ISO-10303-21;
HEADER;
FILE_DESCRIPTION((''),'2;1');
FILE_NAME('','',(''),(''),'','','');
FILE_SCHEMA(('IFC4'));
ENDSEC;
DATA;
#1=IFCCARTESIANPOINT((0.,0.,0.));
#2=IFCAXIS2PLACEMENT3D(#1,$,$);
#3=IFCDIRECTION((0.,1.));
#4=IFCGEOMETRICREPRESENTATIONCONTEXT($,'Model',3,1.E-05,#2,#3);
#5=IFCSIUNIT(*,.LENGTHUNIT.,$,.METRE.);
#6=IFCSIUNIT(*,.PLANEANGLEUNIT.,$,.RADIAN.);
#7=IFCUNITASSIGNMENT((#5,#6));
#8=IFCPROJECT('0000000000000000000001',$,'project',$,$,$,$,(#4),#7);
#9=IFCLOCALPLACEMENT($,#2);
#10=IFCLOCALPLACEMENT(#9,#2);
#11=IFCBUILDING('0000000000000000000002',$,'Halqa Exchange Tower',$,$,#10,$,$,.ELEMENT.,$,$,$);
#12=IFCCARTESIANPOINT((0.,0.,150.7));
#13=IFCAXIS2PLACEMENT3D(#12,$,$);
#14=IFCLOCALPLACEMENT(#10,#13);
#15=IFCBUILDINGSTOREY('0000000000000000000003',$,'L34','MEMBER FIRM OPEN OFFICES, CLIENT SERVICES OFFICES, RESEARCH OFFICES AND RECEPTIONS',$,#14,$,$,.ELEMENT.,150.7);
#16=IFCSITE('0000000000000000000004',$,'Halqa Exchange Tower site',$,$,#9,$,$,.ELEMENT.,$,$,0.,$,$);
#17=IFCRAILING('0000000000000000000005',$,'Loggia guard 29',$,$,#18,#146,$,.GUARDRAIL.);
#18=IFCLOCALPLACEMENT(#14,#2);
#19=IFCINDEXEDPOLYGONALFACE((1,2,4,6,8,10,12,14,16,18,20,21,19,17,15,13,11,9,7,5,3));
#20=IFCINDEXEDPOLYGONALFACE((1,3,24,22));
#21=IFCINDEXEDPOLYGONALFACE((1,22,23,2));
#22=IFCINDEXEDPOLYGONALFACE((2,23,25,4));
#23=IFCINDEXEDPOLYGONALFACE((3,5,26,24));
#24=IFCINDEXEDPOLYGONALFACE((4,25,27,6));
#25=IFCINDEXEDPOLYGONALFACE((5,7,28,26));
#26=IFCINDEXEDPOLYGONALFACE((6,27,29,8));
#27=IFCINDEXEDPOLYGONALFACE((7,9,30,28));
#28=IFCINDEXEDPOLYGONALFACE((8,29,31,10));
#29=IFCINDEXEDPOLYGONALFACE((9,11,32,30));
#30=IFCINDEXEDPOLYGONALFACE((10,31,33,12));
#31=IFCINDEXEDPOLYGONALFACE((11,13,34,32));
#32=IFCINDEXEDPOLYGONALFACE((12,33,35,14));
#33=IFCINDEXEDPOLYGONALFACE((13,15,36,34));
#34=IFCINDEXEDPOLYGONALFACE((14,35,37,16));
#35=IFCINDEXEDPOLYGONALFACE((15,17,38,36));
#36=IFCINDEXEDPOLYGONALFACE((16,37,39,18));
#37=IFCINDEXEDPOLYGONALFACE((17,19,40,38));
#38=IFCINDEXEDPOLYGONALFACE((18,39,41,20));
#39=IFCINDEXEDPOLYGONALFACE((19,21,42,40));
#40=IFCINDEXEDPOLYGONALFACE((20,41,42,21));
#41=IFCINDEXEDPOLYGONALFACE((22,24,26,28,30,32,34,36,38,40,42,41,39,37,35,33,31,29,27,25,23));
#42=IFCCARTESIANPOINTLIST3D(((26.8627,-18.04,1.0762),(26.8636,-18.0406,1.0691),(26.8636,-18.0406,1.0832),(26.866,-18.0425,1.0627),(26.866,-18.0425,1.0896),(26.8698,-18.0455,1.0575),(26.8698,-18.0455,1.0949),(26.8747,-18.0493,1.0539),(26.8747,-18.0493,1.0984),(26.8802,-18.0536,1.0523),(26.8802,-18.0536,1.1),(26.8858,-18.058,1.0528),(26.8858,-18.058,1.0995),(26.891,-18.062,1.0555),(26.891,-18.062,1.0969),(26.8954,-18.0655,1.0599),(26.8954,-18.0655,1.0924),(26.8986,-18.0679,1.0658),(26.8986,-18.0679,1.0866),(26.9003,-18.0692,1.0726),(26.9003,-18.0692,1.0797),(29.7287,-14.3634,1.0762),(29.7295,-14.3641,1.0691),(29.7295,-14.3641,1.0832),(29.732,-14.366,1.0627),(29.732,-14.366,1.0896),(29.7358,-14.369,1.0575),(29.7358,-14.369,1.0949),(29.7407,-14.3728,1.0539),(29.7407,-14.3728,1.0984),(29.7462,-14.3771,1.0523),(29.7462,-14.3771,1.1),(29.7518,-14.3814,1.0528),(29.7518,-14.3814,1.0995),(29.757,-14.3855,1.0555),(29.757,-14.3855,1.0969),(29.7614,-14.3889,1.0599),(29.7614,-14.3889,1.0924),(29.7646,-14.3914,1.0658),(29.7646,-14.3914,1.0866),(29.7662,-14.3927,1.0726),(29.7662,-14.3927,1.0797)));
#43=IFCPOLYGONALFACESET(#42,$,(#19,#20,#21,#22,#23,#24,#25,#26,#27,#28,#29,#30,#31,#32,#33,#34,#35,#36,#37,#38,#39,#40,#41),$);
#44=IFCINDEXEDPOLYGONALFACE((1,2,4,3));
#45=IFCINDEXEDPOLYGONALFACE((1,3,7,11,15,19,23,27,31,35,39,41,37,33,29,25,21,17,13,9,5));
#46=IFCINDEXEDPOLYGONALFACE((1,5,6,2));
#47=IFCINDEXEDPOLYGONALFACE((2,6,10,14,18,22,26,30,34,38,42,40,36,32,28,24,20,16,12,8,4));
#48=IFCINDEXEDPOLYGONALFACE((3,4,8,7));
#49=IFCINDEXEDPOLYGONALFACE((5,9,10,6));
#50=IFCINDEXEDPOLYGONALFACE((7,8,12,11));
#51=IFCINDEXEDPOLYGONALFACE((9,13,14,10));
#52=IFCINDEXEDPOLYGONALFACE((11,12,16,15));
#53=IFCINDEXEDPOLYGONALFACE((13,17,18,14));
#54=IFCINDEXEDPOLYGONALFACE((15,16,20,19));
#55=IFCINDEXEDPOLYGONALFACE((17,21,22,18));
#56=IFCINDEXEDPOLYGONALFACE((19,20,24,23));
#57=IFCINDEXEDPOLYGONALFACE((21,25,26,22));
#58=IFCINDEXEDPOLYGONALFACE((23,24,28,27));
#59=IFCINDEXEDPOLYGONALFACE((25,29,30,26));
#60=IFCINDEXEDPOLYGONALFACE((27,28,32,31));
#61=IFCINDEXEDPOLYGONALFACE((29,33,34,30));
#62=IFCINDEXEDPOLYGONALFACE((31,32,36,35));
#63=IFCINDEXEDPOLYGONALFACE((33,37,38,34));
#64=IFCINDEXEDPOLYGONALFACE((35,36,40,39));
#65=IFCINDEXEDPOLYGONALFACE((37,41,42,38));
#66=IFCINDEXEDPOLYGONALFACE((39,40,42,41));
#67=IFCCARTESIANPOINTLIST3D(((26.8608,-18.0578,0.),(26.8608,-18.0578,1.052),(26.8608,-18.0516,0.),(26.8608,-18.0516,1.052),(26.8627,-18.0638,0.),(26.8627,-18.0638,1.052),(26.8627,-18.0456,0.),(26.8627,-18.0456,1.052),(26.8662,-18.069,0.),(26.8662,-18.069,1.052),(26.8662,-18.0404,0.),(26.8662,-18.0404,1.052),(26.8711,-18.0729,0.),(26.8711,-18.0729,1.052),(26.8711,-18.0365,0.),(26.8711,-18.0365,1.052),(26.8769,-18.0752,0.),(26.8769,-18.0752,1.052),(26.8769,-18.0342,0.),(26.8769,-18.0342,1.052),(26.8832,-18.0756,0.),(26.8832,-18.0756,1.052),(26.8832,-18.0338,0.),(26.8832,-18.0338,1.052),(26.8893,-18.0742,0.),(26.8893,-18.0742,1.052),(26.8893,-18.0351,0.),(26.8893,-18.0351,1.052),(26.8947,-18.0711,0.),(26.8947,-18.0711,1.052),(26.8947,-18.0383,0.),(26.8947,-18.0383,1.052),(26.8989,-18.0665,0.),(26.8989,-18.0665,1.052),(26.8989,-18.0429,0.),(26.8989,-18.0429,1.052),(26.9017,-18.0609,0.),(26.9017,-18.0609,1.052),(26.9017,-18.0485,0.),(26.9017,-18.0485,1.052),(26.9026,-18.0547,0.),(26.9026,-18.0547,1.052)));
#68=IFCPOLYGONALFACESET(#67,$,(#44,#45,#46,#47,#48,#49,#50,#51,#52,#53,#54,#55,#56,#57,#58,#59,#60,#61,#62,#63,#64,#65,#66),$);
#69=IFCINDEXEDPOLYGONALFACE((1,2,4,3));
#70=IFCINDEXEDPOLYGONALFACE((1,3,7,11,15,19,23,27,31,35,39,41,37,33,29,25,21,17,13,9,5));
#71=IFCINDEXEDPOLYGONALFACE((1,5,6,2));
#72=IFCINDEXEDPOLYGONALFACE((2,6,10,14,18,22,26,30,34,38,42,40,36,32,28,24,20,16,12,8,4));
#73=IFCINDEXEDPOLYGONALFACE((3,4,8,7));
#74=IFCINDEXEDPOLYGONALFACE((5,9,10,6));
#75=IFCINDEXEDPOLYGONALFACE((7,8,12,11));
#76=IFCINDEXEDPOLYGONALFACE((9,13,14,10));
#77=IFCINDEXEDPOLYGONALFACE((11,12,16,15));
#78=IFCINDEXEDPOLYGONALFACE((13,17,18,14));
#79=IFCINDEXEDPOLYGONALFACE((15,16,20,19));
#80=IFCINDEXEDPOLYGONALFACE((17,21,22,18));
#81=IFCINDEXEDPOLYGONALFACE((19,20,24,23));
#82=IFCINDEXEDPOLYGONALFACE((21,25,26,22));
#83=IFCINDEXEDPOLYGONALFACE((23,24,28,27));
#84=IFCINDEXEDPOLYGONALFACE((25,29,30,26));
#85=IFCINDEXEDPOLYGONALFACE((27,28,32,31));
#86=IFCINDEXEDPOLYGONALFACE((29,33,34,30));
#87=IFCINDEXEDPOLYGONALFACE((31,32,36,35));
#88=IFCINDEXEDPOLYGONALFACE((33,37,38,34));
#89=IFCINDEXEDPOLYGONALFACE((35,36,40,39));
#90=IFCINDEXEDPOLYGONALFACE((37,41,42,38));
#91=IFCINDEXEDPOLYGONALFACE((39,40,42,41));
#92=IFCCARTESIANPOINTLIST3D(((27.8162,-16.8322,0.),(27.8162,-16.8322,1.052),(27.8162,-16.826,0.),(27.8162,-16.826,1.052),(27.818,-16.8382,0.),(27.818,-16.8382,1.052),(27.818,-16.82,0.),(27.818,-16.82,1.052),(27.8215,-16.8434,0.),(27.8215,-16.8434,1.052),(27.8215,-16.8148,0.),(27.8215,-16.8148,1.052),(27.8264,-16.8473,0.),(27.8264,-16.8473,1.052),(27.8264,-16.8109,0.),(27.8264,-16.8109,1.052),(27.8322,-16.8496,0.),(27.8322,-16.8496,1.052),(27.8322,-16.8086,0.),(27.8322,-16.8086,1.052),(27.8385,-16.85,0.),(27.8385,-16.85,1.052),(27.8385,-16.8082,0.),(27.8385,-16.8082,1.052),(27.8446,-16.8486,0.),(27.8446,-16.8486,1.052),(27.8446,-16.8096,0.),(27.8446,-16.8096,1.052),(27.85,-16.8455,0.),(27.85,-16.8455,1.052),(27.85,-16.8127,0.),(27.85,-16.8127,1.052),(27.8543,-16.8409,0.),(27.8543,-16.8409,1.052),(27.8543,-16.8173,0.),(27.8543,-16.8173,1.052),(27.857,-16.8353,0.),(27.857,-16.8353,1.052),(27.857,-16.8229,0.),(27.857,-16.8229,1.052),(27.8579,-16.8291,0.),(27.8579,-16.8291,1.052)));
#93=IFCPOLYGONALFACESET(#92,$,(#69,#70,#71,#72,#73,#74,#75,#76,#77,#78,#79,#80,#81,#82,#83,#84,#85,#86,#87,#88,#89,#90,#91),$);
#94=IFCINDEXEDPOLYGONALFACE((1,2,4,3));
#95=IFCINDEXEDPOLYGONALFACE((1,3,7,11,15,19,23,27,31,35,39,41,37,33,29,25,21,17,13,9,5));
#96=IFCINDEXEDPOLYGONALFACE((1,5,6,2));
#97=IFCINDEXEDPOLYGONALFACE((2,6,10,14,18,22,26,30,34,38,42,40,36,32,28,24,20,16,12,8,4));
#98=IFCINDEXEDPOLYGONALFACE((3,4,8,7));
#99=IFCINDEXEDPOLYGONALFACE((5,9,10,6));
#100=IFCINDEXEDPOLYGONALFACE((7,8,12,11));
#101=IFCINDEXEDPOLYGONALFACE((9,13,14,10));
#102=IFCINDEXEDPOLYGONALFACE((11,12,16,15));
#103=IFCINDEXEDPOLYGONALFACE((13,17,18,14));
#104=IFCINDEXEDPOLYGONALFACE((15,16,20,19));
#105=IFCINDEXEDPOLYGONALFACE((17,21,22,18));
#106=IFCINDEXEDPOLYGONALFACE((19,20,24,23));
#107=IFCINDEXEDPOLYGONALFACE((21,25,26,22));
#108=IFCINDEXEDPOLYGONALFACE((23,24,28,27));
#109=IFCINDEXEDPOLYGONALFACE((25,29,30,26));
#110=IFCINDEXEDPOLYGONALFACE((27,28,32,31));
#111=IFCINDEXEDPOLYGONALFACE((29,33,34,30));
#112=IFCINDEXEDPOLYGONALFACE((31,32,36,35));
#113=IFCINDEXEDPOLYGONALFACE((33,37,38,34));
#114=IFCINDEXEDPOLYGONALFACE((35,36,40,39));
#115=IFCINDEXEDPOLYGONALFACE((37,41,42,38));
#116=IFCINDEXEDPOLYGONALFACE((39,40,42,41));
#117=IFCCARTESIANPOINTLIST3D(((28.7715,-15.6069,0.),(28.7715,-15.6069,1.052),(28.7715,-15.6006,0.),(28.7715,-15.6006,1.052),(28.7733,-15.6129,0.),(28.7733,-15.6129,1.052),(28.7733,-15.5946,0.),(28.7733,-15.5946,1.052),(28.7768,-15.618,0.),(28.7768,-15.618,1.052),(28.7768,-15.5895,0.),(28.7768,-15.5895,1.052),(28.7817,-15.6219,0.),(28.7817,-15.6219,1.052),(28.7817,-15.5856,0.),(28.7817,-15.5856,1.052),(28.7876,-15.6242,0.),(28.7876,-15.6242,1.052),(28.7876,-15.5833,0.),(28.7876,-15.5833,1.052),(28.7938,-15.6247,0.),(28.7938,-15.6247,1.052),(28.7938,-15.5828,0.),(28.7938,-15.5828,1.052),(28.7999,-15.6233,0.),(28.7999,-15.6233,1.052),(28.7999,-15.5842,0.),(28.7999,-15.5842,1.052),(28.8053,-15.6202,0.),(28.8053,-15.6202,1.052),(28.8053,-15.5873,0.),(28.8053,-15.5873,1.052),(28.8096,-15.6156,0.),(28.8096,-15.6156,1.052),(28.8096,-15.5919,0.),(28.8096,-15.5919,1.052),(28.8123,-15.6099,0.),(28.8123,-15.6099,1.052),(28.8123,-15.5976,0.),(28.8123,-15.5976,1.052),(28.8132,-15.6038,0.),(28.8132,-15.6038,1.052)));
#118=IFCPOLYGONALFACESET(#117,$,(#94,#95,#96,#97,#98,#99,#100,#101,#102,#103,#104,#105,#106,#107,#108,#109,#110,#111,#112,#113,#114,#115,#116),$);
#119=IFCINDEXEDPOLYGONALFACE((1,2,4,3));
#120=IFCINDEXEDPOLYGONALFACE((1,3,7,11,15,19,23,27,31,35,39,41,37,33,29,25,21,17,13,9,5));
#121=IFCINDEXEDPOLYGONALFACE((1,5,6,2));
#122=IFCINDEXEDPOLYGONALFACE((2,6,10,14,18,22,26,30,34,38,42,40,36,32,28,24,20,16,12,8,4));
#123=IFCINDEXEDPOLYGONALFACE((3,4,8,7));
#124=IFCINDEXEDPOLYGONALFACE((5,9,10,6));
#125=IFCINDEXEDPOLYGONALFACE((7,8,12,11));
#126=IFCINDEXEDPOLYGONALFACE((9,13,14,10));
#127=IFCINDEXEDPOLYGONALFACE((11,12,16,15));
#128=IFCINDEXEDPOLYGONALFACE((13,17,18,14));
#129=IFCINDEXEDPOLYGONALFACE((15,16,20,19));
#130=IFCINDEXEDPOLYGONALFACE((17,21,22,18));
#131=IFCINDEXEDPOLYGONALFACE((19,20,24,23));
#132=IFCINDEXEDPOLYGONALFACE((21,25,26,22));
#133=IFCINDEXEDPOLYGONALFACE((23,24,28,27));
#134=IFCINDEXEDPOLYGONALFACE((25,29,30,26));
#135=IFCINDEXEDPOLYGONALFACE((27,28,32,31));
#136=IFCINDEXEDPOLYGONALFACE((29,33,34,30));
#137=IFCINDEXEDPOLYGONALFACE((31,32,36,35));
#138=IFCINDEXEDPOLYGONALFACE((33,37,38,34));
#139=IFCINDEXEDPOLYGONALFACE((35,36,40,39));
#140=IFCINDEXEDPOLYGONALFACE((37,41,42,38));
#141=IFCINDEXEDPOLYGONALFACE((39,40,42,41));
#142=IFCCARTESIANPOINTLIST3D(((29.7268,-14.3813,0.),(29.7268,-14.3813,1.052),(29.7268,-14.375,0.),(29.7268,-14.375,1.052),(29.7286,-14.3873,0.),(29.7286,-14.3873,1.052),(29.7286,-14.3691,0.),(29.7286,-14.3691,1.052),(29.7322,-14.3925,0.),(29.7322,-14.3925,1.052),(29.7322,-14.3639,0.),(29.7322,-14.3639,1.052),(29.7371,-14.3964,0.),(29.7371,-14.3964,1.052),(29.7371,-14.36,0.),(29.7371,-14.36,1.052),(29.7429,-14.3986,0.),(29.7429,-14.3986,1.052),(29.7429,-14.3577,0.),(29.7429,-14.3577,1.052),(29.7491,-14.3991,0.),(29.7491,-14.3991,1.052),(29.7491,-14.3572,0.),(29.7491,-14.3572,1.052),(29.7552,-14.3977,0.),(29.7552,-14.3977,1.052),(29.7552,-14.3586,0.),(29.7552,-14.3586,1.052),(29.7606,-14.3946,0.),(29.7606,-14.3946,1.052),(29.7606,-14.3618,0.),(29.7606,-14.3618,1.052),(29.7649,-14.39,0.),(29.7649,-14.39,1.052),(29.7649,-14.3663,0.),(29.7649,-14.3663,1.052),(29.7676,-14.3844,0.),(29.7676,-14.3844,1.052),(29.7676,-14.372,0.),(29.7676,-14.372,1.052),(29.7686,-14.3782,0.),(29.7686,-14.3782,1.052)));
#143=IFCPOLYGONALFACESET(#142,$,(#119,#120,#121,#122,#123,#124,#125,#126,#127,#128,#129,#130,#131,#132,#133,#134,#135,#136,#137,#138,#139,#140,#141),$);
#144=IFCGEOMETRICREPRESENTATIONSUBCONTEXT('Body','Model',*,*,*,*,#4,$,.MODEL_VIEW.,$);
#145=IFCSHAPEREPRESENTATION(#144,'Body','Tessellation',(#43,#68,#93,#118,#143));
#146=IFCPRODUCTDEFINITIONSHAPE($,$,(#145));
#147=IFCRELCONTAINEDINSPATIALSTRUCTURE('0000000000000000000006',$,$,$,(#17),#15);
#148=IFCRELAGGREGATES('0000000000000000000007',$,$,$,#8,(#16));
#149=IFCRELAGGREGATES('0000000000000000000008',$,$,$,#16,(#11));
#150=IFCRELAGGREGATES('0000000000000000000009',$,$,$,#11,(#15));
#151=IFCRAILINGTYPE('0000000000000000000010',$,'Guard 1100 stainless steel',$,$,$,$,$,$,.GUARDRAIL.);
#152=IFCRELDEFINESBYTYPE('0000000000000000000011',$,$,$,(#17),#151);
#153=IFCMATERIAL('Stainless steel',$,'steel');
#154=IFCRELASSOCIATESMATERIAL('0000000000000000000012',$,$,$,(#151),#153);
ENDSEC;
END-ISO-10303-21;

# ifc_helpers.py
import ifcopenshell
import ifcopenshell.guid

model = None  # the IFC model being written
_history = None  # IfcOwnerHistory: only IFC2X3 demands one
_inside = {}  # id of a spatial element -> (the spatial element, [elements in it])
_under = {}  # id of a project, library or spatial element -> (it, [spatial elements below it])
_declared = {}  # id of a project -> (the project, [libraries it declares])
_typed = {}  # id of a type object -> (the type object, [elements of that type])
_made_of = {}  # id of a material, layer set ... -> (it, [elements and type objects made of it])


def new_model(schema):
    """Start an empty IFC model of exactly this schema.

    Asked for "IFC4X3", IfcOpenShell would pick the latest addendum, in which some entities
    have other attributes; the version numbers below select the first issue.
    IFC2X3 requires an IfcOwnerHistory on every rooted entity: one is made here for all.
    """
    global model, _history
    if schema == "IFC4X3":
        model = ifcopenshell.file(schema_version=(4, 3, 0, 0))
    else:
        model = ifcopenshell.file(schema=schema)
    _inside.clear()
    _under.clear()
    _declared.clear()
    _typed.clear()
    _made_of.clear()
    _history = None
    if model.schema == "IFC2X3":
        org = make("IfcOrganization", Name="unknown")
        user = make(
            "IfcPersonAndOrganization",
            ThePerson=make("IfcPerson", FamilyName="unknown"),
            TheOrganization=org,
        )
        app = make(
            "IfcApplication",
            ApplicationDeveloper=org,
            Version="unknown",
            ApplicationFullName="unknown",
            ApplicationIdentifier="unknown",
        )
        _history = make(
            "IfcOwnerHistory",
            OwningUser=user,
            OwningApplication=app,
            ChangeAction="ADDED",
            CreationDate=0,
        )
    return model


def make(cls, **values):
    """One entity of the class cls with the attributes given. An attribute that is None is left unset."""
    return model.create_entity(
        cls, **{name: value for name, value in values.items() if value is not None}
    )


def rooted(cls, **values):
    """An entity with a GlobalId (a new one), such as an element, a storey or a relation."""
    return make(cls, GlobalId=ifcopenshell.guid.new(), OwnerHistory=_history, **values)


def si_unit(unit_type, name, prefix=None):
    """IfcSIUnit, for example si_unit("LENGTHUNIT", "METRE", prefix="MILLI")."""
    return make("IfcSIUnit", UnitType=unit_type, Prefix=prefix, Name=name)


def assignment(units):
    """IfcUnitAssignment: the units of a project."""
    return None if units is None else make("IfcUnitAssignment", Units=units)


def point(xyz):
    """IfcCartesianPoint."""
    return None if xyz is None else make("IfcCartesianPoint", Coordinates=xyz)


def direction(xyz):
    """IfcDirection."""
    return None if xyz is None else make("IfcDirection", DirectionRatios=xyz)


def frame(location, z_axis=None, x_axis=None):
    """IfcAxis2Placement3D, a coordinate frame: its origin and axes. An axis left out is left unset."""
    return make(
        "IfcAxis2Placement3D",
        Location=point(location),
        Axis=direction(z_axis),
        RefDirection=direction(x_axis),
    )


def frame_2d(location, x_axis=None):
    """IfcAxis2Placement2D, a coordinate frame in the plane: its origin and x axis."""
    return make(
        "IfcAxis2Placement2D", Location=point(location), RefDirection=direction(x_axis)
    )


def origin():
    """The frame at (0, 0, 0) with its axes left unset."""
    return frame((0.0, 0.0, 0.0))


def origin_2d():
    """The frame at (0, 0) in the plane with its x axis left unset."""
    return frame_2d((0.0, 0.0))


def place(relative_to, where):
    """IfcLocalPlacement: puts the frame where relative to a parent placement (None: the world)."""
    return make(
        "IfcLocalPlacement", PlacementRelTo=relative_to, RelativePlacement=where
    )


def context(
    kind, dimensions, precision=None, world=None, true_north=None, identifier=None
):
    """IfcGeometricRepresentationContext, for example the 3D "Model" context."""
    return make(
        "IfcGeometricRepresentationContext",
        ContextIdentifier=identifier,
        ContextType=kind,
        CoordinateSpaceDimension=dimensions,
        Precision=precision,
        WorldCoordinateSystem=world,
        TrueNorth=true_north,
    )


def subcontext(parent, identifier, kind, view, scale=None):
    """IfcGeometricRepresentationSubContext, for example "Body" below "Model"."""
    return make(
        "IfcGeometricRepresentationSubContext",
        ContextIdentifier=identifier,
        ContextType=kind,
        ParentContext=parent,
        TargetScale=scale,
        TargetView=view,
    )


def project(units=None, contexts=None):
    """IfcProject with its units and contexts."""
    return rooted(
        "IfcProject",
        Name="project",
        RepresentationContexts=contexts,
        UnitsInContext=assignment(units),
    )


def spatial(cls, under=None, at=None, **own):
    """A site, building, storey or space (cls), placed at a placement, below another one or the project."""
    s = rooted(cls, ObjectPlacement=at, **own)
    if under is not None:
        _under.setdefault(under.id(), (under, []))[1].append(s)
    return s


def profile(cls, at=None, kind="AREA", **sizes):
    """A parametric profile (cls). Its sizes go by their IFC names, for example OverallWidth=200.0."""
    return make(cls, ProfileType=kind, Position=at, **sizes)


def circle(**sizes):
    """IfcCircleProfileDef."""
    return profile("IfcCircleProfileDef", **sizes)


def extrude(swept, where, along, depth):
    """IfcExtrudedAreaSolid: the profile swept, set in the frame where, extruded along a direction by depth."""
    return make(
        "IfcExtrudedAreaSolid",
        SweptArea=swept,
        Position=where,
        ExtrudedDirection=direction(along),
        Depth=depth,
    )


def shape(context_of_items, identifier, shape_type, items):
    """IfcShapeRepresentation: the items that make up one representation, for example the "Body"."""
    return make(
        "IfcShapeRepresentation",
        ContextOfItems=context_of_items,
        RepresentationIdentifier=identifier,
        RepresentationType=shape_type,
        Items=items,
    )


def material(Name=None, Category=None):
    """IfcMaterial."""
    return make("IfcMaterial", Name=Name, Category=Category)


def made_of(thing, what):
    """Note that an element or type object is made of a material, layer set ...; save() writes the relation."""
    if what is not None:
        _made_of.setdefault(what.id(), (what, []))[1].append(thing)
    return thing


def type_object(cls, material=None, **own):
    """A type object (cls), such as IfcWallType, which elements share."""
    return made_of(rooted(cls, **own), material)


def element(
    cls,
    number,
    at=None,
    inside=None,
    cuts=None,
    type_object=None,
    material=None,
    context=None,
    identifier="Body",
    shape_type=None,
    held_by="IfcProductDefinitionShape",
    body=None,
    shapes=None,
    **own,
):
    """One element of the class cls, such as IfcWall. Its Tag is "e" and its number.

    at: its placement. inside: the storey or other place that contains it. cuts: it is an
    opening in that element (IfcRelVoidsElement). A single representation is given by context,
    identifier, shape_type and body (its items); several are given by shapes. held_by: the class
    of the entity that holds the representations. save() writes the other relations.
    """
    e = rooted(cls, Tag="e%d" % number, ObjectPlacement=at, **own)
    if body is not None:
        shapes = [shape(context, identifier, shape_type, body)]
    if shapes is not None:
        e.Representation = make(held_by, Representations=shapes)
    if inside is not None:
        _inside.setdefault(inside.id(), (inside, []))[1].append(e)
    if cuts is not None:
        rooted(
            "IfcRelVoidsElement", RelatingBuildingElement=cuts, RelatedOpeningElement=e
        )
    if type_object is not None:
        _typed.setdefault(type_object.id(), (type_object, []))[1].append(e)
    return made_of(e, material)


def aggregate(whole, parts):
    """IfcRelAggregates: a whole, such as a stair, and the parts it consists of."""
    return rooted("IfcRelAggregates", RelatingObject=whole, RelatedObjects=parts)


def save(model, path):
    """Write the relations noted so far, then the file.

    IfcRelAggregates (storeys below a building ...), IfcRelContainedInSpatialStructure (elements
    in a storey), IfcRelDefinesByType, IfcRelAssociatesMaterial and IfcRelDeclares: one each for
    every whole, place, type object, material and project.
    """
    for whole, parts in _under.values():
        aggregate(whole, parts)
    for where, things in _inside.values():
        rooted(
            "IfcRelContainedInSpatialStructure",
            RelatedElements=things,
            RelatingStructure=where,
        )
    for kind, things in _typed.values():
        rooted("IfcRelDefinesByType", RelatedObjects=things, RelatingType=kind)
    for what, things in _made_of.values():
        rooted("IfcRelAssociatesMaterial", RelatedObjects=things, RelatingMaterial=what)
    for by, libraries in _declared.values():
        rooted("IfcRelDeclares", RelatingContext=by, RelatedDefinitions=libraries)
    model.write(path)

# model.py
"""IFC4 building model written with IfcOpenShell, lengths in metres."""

from ifc_helpers import new_model, si_unit, direction, frame, origin, origin_2d, place, context, subcontext, project, spatial, circle, extrude, material, type_object, element, save


model = new_model("IFC4")

# Units and contexts
model_context = context("Model", 3, precision=1e-05, world=origin(), true_north=direction((0.0, 1.0)))
body_context = subcontext(model_context, "Body", "Model", "MODEL_VIEW")
ifc_project = project(units=[si_unit("LENGTHUNIT", "METRE"), si_unit("PLANEANGLEUNIT", "RADIAN")], contexts=[model_context])

# Site, building, storey
site_placement = place(None, origin())
site = spatial("IfcSite", under=ifc_project, at=site_placement, Name="Halqa Exchange Tower site", CompositionType="ELEMENT", RefElevation=0.0)
building_placement = place(site_placement, origin())
building = spatial("IfcBuilding", under=site, at=building_placement, Name="Halqa Exchange Tower", CompositionType="ELEMENT")
storey_placement = place(building_placement, frame((0.0, 0.0, 150.7)))
storey = spatial("IfcBuildingStorey", under=building, at=storey_placement, Name="L34", Description="MEMBER FIRM OPEN OFFICES, CLIENT SERVICES OFFICES, RESEARCH OFFICES AND RECEPTIONS", CompositionType="ELEMENT", Elevation=150.7)

# Railing
ifc_material_1 = material(Name="Stainless steel", Category="steel")
railing_type = type_object("IfcRailingType", Name="Guard 1100 stainless steel", PredefinedType="GUARDRAIL", material=ifc_material_1)
railing_1_placement = place(storey_placement, frame((26.8816, -18.0547, 0.0)))
element("IfcRailing", 1, at=railing_1_placement, inside=storey, type_object=railing_type, Name="Loggia guard 29", PredefinedType="GUARDRAIL", context=body_context, shape_type="SweptSolid", body=[
    extrude(circle(Radius=0.0239, at=origin_2d()), frame((0.0, 0.0, 1.0762), z_axis=(0.614803, 0.788681, 0.0), x_axis=(-0.788681, 0.614803, 0.0)), (0.0, 0.0, 1.0), 4.6616),
    extrude(circle(Radius=0.021, at=origin_2d()), origin(), (0.0, 0.0, 1.0), 1.052),
    extrude(circle(Radius=0.021, at=origin_2d()), frame((0.9553, 1.2256, 0.0)), (0.0, 0.0, 1.0), 1.052),
    extrude(circle(Radius=0.021, at=origin_2d()), frame((1.9106, 2.4509, 0.0)), (0.0, 0.0, 1.0), 1.052),
    extrude(circle(Radius=0.021, at=origin_2d()), frame((2.866, 3.6765, 0.0)), (0.0, 0.0, 1.0), 1.052),
])

save(model, "model.ifc")
